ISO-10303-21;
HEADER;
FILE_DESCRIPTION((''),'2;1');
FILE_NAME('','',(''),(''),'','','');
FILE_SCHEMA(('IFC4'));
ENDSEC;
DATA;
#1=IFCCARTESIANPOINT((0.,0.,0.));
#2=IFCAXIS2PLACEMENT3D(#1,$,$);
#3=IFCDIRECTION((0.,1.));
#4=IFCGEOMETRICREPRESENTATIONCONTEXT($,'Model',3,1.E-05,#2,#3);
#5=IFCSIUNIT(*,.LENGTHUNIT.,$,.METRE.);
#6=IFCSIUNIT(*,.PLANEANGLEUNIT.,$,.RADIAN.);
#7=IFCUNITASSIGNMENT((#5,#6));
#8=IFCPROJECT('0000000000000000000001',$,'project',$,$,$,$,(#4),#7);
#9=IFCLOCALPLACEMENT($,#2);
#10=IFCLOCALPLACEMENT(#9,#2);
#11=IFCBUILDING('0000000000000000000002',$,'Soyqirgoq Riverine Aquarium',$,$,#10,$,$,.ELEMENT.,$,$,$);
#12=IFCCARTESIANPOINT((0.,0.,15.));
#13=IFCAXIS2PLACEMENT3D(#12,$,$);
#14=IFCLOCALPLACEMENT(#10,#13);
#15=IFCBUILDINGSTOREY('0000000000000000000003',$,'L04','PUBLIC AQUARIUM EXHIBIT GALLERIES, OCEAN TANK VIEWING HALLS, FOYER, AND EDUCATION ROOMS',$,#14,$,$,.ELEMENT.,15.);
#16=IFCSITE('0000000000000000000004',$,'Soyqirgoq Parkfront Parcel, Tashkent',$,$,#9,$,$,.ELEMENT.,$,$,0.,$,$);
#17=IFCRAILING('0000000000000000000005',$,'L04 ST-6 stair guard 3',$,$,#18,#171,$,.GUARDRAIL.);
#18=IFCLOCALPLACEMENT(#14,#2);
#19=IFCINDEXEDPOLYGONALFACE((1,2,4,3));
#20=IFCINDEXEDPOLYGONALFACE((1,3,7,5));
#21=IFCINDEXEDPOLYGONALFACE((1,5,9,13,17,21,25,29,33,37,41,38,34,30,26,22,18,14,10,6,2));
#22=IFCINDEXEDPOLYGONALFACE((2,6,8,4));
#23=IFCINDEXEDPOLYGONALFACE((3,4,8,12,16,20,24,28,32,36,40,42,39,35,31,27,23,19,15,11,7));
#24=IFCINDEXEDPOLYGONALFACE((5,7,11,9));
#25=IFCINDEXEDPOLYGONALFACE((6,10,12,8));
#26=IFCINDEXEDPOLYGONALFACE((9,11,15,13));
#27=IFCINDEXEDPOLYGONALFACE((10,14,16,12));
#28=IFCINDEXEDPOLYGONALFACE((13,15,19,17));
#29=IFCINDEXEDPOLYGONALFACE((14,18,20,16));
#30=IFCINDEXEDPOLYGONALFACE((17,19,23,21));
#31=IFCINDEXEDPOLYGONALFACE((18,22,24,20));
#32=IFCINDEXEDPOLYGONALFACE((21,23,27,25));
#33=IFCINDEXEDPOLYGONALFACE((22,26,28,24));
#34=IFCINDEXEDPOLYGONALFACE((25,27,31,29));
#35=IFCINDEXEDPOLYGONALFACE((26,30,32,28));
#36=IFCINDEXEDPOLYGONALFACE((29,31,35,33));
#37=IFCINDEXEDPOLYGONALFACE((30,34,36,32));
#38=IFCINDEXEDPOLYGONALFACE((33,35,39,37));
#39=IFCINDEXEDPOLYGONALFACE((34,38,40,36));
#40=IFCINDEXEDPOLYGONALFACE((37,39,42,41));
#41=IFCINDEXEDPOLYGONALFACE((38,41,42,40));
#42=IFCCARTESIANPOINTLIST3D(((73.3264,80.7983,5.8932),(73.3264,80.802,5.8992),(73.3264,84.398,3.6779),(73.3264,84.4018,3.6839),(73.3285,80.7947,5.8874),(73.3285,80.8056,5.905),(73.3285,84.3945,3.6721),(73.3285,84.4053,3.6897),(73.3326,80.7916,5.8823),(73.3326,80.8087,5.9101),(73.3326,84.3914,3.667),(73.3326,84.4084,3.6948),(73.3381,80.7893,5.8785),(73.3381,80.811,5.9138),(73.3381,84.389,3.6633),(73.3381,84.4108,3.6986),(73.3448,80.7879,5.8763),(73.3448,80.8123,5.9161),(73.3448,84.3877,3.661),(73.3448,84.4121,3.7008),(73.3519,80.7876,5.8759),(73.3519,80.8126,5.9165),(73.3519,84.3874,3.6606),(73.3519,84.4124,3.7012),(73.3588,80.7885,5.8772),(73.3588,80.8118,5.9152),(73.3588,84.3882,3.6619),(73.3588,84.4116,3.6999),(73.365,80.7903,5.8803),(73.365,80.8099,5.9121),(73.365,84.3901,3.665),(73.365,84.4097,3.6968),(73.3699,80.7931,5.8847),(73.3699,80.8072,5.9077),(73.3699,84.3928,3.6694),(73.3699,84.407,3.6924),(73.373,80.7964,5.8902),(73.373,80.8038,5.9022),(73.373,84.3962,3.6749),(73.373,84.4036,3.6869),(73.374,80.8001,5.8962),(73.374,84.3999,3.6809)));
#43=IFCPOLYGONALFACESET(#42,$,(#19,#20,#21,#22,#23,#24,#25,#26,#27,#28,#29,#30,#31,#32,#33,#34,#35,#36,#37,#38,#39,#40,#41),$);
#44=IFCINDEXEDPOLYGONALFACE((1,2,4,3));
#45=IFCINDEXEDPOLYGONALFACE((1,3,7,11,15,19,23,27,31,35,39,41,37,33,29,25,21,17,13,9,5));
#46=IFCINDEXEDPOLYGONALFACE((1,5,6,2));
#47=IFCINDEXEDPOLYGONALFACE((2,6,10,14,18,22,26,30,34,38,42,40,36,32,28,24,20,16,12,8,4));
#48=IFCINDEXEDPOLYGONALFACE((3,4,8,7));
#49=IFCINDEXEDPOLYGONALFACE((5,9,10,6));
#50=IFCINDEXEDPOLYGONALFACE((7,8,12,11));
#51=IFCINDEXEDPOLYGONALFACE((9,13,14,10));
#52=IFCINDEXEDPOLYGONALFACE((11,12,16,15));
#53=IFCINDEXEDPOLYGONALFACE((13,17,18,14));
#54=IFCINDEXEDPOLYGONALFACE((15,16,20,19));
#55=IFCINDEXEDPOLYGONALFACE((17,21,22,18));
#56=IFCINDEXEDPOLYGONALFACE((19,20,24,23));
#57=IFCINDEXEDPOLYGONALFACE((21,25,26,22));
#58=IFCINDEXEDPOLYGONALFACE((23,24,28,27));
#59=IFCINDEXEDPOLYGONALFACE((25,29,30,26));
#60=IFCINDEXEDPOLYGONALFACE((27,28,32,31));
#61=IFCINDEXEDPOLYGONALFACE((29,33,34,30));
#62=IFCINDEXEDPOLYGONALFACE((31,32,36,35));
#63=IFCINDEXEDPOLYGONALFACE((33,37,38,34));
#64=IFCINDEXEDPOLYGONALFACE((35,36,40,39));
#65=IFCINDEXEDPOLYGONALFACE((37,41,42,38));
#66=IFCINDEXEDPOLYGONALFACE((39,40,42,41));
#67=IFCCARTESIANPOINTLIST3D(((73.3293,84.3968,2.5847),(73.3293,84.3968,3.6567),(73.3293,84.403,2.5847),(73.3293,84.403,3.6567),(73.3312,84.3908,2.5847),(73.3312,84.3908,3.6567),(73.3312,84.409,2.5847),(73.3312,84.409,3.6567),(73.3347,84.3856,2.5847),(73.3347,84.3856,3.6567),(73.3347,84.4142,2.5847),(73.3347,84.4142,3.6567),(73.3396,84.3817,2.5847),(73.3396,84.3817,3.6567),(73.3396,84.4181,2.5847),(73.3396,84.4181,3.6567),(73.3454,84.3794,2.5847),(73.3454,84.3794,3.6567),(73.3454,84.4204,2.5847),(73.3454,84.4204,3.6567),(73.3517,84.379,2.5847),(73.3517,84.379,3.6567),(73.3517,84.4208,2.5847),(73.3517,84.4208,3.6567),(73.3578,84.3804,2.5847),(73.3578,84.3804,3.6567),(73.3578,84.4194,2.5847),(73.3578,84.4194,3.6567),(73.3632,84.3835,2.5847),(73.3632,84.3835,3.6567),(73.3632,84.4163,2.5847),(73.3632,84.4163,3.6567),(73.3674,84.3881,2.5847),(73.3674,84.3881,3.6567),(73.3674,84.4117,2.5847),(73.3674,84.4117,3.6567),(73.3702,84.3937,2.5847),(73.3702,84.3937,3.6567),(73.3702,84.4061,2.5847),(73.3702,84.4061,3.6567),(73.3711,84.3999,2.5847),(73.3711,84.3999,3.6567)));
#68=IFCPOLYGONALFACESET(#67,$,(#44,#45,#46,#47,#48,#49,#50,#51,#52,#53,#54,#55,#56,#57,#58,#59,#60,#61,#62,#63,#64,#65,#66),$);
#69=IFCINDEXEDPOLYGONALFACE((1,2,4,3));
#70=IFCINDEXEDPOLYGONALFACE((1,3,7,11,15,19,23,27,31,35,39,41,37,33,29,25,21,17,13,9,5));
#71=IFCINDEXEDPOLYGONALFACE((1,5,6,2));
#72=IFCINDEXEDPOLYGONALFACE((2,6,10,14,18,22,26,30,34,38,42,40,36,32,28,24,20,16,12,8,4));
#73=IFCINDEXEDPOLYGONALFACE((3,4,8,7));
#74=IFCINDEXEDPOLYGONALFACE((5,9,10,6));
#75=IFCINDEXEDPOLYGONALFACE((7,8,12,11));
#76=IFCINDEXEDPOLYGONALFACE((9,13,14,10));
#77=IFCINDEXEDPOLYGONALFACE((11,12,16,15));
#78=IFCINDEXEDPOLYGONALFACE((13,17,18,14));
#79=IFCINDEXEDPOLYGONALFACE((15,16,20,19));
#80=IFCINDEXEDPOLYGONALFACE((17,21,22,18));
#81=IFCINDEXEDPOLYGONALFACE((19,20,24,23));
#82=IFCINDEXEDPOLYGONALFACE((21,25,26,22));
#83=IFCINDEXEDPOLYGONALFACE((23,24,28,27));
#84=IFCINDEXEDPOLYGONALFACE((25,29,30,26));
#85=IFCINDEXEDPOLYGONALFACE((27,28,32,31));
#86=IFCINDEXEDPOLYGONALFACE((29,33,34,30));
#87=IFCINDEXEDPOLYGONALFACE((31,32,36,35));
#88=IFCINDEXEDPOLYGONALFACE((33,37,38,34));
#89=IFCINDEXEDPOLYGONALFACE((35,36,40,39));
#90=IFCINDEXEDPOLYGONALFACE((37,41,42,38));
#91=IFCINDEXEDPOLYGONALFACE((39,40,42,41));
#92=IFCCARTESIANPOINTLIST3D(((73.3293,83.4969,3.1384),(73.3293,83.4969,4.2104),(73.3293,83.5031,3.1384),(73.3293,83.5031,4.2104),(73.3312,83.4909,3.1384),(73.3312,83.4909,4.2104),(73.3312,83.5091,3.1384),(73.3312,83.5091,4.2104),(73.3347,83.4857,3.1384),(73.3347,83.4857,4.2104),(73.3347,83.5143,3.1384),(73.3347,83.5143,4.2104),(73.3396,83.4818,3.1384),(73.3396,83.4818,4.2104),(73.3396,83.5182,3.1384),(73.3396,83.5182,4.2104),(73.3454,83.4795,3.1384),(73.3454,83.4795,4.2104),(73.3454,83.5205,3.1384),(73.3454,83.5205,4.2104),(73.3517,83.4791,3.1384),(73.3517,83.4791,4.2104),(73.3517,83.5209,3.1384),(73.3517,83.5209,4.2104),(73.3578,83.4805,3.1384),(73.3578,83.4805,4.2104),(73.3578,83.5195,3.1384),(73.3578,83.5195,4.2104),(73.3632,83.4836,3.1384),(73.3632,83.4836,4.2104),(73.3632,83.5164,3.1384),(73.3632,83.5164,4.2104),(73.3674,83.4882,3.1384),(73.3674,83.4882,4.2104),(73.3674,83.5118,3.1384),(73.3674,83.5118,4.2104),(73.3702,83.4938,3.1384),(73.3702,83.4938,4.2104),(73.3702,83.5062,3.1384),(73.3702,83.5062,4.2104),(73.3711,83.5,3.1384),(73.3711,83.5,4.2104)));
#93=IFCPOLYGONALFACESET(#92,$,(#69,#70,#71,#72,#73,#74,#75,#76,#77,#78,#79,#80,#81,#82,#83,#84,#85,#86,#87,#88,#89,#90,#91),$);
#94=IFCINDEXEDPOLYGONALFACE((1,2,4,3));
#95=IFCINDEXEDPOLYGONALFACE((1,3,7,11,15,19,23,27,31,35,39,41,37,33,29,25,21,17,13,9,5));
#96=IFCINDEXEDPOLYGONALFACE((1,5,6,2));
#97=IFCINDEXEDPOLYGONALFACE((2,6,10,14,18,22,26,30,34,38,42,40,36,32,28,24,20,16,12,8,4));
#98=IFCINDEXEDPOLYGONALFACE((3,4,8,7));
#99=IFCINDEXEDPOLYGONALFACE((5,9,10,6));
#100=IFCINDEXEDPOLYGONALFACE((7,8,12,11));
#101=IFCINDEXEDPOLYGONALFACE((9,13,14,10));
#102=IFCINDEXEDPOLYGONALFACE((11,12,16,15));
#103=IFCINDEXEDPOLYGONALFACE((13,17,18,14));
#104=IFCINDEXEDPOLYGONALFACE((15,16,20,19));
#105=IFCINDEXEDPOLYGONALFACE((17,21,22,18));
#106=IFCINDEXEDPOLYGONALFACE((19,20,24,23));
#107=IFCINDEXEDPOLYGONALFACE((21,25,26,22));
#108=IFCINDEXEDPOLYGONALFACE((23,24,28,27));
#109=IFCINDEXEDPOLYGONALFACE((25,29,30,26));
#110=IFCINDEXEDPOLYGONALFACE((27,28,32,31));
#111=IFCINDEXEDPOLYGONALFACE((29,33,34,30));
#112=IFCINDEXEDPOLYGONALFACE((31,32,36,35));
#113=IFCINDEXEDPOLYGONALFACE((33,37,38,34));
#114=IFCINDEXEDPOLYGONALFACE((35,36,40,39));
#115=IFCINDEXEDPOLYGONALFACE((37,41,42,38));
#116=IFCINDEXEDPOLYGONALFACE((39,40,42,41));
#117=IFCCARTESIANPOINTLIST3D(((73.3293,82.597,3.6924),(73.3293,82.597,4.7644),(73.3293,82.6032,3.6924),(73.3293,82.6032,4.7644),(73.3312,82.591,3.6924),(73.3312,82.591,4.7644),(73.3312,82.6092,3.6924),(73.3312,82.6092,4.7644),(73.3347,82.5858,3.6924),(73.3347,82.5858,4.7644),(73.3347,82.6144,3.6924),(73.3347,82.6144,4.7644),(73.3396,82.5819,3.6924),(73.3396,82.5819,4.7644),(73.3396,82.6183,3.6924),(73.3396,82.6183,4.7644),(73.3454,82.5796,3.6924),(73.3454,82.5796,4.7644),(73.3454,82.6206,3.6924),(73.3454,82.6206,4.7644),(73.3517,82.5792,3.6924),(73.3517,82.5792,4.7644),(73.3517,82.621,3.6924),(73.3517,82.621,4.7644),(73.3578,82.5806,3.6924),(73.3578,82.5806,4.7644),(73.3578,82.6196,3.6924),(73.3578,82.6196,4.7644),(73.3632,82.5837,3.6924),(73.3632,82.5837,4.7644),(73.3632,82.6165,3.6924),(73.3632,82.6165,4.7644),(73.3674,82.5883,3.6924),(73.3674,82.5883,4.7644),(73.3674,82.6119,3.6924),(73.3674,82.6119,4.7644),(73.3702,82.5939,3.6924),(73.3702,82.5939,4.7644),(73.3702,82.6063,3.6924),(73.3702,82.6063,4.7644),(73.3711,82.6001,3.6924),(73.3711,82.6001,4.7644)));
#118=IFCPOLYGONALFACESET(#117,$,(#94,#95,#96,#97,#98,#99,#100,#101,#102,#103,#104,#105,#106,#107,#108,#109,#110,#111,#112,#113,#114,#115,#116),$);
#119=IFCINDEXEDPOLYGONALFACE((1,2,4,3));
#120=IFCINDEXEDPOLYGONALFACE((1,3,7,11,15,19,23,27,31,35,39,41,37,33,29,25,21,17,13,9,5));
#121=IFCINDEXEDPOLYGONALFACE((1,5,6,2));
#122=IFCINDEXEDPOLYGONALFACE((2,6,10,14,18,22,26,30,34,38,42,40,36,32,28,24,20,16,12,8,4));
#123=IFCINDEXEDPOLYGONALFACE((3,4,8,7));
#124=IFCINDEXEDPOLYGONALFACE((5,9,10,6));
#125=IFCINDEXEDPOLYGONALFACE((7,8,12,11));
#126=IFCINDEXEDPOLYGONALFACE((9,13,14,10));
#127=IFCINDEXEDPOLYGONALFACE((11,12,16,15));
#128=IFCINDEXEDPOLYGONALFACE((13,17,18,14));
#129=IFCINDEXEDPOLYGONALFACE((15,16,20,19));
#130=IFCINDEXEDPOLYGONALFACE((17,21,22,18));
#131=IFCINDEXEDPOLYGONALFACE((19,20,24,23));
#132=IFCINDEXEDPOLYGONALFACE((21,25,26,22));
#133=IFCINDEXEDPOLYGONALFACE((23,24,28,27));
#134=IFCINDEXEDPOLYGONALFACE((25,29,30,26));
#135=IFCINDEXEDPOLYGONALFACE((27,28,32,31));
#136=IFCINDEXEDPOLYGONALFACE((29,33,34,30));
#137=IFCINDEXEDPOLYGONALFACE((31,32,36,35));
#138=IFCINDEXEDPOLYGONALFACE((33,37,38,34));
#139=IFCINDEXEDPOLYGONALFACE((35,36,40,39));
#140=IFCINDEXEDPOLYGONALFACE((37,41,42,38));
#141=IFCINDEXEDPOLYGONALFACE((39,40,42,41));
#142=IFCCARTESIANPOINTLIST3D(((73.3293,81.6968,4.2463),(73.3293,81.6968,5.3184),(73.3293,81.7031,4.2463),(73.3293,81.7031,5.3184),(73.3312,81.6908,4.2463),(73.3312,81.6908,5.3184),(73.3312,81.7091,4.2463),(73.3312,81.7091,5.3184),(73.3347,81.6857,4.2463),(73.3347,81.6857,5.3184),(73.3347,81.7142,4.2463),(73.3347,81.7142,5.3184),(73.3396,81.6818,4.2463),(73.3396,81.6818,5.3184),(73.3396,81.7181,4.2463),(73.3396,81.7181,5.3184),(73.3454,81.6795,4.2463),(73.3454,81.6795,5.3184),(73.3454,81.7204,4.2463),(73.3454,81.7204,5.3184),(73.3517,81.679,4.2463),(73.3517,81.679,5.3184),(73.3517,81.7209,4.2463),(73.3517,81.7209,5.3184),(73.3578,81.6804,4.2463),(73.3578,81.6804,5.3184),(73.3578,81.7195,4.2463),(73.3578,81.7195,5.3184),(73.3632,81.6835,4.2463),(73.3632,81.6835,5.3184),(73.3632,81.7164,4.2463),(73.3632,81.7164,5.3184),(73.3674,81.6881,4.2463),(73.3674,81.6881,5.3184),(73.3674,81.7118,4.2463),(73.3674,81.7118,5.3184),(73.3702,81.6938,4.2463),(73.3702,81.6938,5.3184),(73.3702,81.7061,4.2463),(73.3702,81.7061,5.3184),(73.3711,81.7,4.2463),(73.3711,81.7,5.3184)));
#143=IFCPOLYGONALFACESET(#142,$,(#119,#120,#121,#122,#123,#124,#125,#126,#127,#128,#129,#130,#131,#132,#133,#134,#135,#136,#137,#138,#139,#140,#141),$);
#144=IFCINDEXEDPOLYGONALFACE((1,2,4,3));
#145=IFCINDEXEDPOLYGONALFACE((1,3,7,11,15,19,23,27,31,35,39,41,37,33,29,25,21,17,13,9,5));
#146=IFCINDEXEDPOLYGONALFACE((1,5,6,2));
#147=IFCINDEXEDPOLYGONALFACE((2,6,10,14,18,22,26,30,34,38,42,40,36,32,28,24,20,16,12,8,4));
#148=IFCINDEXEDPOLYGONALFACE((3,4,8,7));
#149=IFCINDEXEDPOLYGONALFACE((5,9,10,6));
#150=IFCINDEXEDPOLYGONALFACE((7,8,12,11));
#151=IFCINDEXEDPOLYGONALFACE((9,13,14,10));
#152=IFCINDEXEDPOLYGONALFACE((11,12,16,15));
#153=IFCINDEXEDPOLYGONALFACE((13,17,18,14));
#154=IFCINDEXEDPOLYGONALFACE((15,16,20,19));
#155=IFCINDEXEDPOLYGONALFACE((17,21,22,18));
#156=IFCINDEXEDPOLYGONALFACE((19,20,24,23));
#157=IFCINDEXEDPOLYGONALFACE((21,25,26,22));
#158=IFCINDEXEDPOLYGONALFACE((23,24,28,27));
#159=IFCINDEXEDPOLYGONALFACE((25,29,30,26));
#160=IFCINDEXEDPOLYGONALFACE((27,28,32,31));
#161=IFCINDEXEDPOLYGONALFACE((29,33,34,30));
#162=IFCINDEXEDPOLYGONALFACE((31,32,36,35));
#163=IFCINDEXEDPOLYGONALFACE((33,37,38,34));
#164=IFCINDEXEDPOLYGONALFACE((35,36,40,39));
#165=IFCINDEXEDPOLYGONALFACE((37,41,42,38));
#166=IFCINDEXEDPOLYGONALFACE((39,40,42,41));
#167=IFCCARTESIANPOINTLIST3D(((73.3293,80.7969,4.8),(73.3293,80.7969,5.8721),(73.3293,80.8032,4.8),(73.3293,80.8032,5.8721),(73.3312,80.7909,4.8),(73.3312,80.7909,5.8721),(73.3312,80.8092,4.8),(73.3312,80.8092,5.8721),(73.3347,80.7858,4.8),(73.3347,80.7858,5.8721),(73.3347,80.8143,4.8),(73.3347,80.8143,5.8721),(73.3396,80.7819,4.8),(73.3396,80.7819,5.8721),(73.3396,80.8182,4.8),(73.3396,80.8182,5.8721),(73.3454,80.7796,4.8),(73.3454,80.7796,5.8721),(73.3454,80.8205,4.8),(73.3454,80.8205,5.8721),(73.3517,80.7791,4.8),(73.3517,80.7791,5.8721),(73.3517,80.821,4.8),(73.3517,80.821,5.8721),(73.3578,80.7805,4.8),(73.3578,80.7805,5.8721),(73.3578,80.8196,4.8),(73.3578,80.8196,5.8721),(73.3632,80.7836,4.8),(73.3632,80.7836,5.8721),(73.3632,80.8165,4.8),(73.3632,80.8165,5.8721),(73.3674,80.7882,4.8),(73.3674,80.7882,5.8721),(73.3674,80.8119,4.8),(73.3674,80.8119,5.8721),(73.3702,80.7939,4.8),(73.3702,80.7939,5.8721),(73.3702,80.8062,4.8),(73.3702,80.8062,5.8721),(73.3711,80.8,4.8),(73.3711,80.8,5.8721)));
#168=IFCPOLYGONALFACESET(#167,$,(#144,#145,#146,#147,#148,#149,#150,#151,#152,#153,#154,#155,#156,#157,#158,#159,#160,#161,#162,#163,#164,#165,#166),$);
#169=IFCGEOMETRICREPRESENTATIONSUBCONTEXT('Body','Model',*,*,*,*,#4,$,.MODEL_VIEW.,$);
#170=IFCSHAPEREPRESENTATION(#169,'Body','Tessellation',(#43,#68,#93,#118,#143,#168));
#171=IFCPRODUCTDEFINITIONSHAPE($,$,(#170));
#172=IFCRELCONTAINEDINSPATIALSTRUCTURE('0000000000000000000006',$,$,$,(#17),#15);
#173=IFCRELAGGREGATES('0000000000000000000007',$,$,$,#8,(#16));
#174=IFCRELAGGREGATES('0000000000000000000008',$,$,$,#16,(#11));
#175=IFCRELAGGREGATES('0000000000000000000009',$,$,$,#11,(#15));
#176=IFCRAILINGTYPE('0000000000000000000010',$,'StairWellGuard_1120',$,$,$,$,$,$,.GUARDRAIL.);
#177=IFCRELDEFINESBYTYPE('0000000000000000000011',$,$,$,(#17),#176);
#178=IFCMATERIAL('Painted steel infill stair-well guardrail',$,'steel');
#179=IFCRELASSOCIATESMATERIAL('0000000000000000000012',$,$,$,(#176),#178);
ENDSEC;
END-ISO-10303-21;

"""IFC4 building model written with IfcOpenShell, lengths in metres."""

from ifc_helpers import new_model, si_unit, direction, frame, origin, origin_2d, place, context, subcontext, project, spatial, circle, extrude, material, type_object, element, save


model = new_model("IFC4")

# Units and contexts
model_context = context("Model", 3, precision=1e-05, world=origin(), true_north=direction((0.0, 1.0)))
body_context = subcontext(model_context, "Body", "Model", "MODEL_VIEW")
ifc_project = project(units=[si_unit("LENGTHUNIT", "METRE"), si_unit("PLANEANGLEUNIT", "RADIAN")], contexts=[model_context])

# Site, building, storey
site_placement = place(None, origin())
site = spatial("IfcSite", under=ifc_project, at=site_placement, Name="Soyqirgoq Parkfront Parcel, Tashkent", CompositionType="ELEMENT", RefElevation=0.0)
building_placement = place(site_placement, origin())
building = spatial("IfcBuilding", under=site, at=building_placement, Name="Soyqirgoq Riverine Aquarium", CompositionType="ELEMENT")
storey_placement = place(building_placement, frame((0.0, 0.0, 15.0)))
storey = spatial("IfcBuildingStorey", under=building, at=storey_placement, Name="L04", Description="PUBLIC AQUARIUM EXHIBIT GALLERIES, OCEAN TANK VIEWING HALLS, FOYER, AND EDUCATION ROOMS", CompositionType="ELEMENT", Elevation=15.0)

# Railing
ifc_material_1 = material(Name="Painted steel infill stair-well guardrail", Category="steel")
railing_type_1 = type_object("IfcRailingType", Name="StairWellGuard_1120", PredefinedType="GUARDRAIL", material=ifc_material_1)
railing_1_placement = place(storey_placement, frame((73.3501, 84.3999, 2.5847)))
element("IfcRailing", 1, at=railing_1_placement, inside=storey, type_object=railing_type_1, Name="L04 ST-6 stair guard 3", PredefinedType="GUARDRAIL", context=body_context, shape_type="SweptSolid", body=[
    extrude(circle(Radius=0.0239, at=origin_2d()), frame((0.0, 0.0, 1.0962), z_axis=(0.0, -0.851654, 0.524104), x_axis=(1.0, 0.0, 0.0)), (0.0, 0.0, 1.0), 4.2268),
    extrude(circle(Radius=0.021, at=origin_2d()), origin(), (0.0, 0.0, 1.0), 1.072),
    extrude(circle(Radius=0.021, at=origin_2d()), frame((0.0, -0.8999, 0.5537)), (0.0, 0.0, 1.0), 1.072),
    extrude(circle(Radius=0.021, at=origin_2d()), frame((0.0, -1.7998, 1.1077)), (0.0, 0.0, 1.0), 1.072),
    extrude(circle(Radius=0.021, at=origin_2d()), frame((0.0, -2.7, 1.6616)), (0.0, 0.0, 1.0), 1.072),
    extrude(circle(Radius=0.021, at=origin_2d()), frame((0.0, -3.5999, 2.2153)), (0.0, 0.0, 1.0), 1.072),
])

save(model, "model.ifc")
